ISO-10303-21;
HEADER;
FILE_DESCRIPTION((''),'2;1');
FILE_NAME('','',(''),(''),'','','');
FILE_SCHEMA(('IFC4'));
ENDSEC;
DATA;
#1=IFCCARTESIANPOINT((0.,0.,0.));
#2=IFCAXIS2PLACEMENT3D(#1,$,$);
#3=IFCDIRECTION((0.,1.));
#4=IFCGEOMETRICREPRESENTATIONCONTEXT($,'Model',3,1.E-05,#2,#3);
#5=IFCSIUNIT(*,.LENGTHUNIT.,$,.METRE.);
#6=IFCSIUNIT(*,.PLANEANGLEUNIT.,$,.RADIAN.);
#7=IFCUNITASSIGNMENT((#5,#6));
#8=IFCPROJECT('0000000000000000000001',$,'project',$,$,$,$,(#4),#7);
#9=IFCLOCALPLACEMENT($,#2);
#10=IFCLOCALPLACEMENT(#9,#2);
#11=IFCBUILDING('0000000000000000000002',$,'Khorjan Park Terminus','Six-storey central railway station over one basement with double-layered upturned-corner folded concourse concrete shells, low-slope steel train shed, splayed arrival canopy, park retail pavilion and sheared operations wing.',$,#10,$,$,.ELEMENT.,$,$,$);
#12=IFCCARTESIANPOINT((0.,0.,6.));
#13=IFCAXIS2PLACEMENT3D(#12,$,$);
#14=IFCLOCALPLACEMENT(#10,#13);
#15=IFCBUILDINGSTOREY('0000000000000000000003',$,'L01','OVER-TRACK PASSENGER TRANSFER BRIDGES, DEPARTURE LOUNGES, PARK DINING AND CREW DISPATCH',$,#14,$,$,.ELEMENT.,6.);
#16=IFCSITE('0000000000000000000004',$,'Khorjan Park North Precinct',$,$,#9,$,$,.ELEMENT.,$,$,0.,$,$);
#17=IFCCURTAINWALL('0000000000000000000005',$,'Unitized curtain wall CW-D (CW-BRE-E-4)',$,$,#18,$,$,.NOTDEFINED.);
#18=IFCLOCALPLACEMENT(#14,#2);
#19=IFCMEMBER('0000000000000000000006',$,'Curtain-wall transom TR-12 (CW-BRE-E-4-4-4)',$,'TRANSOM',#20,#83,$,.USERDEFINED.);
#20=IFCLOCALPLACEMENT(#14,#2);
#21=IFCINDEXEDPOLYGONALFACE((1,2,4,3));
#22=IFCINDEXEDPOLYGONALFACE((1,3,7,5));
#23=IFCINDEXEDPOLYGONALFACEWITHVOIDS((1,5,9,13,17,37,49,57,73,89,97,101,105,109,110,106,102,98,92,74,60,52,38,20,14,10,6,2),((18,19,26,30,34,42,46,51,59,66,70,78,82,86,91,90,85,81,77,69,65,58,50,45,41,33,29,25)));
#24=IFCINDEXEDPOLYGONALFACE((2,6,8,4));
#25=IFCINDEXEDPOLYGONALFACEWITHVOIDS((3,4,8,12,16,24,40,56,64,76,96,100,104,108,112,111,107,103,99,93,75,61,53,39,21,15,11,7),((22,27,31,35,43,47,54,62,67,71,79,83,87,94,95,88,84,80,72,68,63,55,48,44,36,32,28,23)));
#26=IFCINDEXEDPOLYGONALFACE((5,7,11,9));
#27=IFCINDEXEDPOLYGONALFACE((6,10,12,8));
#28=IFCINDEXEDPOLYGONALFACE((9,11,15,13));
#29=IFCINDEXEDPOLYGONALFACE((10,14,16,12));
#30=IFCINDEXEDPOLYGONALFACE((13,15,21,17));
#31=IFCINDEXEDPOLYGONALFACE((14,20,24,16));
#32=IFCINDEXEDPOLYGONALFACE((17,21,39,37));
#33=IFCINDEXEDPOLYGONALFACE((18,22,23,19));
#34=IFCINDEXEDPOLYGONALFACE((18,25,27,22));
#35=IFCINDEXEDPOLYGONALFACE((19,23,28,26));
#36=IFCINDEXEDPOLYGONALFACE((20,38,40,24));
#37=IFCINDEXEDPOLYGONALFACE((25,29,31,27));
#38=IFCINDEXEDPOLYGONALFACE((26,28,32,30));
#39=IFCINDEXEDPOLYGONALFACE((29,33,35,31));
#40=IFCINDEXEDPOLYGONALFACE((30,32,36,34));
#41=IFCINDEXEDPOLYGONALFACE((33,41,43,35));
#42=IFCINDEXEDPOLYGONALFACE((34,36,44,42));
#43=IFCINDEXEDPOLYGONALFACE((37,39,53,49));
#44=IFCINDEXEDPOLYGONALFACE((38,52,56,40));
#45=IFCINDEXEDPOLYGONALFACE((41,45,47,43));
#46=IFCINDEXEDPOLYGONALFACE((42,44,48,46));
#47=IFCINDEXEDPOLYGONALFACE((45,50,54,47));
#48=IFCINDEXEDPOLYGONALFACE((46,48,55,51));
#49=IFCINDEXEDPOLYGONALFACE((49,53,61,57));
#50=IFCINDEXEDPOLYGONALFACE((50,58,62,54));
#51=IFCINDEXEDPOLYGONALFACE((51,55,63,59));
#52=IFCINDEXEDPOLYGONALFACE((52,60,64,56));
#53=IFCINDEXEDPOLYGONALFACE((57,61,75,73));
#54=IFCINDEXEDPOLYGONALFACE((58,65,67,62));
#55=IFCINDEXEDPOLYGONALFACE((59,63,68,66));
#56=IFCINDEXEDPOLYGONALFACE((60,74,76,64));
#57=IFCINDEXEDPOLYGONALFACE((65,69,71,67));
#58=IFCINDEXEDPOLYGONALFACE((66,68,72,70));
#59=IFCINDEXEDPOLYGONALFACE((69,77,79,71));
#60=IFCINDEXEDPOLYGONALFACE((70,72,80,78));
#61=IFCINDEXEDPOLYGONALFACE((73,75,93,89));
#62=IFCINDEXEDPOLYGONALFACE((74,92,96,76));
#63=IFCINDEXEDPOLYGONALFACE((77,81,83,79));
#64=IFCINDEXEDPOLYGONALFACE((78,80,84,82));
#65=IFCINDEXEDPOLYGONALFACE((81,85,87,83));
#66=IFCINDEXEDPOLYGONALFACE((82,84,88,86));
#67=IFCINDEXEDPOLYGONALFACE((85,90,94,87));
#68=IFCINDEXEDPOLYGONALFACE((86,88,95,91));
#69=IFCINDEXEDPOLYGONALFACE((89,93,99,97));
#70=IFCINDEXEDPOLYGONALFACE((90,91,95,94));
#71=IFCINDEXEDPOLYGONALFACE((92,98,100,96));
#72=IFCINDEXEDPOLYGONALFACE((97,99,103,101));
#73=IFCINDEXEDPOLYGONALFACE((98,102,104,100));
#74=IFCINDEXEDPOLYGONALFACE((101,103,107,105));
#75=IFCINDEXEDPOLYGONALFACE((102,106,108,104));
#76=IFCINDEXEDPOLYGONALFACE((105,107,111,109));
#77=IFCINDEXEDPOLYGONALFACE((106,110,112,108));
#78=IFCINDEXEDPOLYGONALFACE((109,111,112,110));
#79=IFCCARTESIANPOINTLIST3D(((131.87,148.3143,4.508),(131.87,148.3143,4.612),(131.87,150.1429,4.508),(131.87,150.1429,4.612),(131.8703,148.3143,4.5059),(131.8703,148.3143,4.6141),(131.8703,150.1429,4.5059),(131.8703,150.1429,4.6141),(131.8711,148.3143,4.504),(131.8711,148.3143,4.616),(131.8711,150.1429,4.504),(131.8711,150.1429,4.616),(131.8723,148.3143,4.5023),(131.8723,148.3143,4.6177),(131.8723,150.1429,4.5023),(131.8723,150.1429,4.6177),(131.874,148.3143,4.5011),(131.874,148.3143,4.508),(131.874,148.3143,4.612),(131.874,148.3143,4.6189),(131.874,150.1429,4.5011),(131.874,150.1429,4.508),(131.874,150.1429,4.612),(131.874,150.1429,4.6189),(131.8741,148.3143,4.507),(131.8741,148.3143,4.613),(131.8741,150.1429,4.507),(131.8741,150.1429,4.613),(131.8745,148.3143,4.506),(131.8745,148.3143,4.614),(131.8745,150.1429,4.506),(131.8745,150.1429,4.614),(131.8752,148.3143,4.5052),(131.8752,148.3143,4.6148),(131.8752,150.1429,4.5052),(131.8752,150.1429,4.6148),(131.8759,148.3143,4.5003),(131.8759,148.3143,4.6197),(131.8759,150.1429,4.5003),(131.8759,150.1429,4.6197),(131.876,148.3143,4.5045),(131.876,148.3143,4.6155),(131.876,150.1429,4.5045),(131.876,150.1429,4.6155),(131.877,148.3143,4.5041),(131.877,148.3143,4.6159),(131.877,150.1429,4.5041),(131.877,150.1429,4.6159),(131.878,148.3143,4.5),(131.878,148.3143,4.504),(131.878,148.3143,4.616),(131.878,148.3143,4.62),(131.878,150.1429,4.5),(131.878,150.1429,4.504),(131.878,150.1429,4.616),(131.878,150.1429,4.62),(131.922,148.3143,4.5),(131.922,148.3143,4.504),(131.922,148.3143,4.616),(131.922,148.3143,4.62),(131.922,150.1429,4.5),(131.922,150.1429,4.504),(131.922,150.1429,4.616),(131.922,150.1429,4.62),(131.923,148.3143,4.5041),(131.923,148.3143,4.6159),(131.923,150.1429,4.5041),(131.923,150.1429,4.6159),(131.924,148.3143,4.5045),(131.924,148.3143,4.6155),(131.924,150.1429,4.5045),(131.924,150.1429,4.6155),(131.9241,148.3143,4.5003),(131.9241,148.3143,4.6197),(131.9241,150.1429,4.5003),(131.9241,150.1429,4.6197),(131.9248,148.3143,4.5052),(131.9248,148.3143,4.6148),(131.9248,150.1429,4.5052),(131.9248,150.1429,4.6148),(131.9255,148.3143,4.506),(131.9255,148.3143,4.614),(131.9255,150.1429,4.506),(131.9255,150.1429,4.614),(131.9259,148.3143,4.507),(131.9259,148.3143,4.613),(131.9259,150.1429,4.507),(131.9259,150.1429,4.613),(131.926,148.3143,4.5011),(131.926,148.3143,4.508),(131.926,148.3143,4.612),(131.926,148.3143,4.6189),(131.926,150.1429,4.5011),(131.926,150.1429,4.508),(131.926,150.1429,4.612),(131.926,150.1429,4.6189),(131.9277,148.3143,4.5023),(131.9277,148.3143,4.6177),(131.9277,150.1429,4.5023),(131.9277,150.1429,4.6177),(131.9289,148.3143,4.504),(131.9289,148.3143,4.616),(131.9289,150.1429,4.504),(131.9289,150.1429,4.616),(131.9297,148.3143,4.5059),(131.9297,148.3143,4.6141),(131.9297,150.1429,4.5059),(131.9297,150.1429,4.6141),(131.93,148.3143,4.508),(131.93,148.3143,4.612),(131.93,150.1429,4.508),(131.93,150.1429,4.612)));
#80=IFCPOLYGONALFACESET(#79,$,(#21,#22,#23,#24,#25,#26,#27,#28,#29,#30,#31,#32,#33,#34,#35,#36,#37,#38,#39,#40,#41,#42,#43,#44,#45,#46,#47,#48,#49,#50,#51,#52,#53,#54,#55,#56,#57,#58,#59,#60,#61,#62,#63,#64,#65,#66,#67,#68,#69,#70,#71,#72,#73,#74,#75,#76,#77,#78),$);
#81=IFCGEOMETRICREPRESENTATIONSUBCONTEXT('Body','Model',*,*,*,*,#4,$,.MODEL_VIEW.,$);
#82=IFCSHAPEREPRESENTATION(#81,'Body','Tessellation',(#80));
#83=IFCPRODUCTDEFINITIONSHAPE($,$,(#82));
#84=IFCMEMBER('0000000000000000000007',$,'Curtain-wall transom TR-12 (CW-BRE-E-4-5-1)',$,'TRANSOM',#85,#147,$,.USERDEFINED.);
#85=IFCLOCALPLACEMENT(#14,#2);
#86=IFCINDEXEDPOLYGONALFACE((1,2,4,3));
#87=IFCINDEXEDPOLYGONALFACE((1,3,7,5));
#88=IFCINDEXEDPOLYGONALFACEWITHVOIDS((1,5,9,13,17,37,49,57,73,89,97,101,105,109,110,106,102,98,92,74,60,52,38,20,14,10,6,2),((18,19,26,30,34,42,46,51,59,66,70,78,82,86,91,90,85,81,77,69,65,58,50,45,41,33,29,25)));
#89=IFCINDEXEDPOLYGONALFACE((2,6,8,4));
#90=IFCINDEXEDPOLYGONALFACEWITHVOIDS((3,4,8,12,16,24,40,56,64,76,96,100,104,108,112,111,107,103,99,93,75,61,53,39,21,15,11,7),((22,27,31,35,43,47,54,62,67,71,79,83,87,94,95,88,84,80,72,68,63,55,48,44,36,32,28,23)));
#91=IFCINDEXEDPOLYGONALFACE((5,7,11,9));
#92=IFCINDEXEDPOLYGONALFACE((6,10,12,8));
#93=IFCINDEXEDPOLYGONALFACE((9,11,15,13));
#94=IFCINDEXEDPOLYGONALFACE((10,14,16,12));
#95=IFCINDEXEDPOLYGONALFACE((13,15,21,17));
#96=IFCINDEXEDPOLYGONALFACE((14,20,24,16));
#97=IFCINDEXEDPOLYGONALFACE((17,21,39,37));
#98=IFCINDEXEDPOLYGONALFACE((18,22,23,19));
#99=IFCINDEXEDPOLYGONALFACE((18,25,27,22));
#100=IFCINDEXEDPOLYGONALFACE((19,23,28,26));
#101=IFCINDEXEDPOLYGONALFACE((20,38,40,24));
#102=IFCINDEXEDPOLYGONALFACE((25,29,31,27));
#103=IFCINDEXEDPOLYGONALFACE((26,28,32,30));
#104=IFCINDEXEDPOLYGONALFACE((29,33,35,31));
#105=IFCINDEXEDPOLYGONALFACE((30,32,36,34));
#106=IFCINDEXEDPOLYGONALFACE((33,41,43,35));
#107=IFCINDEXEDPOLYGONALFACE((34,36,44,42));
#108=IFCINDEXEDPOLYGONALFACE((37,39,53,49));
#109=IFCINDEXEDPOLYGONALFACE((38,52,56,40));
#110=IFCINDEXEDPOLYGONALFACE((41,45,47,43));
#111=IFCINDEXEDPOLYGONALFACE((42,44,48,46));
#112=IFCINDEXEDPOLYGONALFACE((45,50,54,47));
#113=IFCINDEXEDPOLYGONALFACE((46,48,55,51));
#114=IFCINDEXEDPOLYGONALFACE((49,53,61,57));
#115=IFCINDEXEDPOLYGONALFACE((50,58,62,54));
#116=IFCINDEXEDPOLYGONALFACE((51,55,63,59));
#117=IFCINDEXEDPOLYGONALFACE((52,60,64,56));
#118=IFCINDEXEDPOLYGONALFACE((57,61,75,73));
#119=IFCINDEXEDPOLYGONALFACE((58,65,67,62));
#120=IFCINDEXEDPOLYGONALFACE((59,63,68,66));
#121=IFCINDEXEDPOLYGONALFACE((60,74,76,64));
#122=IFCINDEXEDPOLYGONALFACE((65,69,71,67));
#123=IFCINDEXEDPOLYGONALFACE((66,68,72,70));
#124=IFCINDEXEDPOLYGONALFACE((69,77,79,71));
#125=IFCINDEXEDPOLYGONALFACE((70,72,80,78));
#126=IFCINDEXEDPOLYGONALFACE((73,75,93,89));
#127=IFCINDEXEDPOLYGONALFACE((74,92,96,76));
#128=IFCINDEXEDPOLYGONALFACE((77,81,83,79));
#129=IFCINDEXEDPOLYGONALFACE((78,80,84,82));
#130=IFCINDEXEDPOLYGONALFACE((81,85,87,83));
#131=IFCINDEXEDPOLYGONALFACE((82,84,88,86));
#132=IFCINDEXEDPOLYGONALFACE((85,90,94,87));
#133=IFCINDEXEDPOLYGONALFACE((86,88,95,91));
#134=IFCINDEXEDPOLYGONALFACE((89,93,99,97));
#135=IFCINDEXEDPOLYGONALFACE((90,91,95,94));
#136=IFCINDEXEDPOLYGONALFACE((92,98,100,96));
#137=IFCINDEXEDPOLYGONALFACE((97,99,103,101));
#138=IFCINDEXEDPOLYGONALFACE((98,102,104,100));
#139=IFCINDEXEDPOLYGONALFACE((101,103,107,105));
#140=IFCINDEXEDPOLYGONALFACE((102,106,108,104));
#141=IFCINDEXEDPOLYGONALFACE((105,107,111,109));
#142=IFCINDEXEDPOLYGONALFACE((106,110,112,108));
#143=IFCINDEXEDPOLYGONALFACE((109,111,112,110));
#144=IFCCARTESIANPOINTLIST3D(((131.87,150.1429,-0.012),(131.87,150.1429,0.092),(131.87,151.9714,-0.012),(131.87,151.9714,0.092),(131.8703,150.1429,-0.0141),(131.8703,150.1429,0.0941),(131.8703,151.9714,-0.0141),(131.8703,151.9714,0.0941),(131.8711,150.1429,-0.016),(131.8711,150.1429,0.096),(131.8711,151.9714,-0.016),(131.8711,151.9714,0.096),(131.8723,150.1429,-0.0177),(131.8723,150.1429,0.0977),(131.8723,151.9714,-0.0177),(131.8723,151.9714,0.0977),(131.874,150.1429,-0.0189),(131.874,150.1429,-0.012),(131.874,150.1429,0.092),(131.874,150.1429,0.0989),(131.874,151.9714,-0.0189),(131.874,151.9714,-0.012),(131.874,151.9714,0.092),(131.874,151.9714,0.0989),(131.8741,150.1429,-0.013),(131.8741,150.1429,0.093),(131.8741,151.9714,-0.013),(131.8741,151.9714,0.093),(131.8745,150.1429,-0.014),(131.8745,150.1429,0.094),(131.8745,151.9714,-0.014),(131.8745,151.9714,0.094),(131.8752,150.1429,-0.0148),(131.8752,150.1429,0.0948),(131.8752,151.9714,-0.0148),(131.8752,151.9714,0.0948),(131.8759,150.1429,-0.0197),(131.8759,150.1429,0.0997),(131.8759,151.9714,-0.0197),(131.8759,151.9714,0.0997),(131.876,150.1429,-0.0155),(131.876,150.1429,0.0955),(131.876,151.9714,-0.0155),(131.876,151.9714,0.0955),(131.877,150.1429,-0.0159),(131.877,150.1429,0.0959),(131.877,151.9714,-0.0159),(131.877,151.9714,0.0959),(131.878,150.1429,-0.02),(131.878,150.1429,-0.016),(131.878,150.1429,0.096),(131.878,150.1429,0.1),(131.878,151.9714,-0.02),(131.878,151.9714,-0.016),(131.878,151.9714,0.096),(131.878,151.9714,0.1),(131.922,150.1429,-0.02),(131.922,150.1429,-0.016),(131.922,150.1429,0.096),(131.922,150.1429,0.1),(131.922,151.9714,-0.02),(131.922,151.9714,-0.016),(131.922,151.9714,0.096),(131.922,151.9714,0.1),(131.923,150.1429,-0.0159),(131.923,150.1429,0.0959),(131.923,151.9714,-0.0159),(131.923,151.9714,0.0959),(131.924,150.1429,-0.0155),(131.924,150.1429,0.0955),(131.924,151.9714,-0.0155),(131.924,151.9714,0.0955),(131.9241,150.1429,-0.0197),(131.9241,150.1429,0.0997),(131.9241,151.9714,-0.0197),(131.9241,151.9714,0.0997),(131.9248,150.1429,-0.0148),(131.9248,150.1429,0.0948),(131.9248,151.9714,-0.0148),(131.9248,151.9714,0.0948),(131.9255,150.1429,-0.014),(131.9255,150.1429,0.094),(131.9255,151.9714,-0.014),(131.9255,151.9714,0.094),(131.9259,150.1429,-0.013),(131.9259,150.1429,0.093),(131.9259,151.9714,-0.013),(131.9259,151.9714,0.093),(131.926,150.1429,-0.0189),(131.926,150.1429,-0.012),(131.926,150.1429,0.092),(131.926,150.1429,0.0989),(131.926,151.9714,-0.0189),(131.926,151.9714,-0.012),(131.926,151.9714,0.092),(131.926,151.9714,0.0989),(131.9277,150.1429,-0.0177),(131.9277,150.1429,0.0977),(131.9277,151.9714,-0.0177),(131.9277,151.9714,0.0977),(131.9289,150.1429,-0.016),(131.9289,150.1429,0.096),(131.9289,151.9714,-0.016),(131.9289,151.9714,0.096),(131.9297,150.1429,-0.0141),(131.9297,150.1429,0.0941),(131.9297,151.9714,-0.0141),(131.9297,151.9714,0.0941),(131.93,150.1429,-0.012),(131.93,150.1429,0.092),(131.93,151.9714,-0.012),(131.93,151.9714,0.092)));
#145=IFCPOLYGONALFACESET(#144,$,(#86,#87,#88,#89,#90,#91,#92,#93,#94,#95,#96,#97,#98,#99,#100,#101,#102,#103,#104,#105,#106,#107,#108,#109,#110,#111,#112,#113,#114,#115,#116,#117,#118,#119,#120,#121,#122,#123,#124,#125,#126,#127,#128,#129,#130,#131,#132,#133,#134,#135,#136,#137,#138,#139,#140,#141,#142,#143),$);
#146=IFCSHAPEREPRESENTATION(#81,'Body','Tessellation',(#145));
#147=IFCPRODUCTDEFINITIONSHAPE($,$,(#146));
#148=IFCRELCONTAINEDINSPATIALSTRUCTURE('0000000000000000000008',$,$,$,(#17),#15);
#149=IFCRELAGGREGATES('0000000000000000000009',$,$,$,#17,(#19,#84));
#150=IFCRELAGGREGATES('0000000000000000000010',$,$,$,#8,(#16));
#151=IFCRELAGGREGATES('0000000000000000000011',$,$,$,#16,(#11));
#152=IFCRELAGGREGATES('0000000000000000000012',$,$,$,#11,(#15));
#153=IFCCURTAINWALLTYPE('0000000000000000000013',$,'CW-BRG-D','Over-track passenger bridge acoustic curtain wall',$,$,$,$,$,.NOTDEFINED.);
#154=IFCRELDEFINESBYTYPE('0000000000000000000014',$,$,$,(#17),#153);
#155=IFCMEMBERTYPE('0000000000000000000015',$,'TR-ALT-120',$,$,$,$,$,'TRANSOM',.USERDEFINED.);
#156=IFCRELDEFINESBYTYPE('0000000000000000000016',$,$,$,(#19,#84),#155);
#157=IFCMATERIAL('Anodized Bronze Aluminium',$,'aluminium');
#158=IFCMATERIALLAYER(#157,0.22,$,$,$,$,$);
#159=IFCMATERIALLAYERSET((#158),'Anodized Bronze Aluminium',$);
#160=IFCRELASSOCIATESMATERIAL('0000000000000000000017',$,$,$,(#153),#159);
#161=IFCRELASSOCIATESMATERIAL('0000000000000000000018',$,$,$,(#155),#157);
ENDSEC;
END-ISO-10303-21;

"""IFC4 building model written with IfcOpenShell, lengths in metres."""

from ifc_helpers import new_model, si_unit, direction, frame, origin, origin_2d, place, context, subcontext, project, spatial, hollow_rectangle, extrude, material, layer, layer_set, material_profile, profile_set, type_object, element, aggregate, save


model = new_model("IFC4")

# Units and contexts
model_context = context("Model", 3, precision=1e-05, world=origin(), true_north=direction((0.0, 1.0)))
body_context = subcontext(model_context, "Body", "Model", "MODEL_VIEW")
ifc_project = project(units=[si_unit("LENGTHUNIT", "METRE"), si_unit("PLANEANGLEUNIT", "RADIAN")], contexts=[model_context])

# Site, building, storey
site_placement = place(None, origin())
site = spatial("IfcSite", under=ifc_project, at=site_placement, Name="Khorjan Park North Precinct", CompositionType="ELEMENT", RefElevation=0.0)
building_placement = place(site_placement, origin())
building = spatial("IfcBuilding", under=site, at=building_placement, Name="Khorjan Park Terminus", Description="Six-storey central railway station over one basement with double-layered upturned-corner folded concourse concrete shells, low-slope steel train shed, splayed arrival canopy, park retail pavilion and sheared operations wing.", CompositionType="ELEMENT")
storey_placement = place(building_placement, frame((0.0, 0.0, 6.0)))
storey = spatial("IfcBuildingStorey", under=building, at=storey_placement, Name="L01", Description="OVER-TRACK PASSENGER TRANSFER BRIDGES, DEPARTURE LOUNGES, PARK DINING AND CREW DISPATCH", CompositionType="ELEMENT", Elevation=6.0)

# Curtain wall, members
ifc_material_1 = material(Name="Anodized Bronze Aluminium", Category="aluminium")
ifc_layer_1 = layer(ifc_material_1, 0.22)
ifc_layer_set_1 = layer_set([ifc_layer_1], Name="Anodized Bronze Aluminium")
curtain_wall_type = type_object("IfcCurtainWallType", Name="CW-BRG-D", Description="Over-track passenger bridge acoustic curtain wall", PredefinedType="NOTDEFINED", material=ifc_layer_set_1)
curtain_wall_placement = place(storey_placement, origin())
curtain_wall = element("IfcCurtainWall", 1, at=curtain_wall_placement, inside=storey, type_object=curtain_wall_type, Name="Unitized curtain wall CW-D (CW-BRE-E-4)", PredefinedType="NOTDEFINED")
ifc_material_profile_1 = material_profile(ifc_material_1, hollow_rectangle(XDim=0.06, YDim=0.12, WallThickness=0.004, InnerFilletRadius=0.004, OuterFilletRadius=0.008, at=origin_2d()), Name="ALT 60x120x4")
ifc_profile_set_1 = profile_set([ifc_material_profile_1], Name="Anodized Bronze Aluminium")
member_type_1 = type_object("IfcMemberType", Name="TR-ALT-120", ElementType="TRANSOM", PredefinedType="USERDEFINED", material=ifc_profile_set_1)
member_1_placement = place(storey_placement, frame((131.9, 148.3143, 4.56), z_axis=(0.0, 1.0, 0.0), x_axis=(-1.0, 0.0, 0.0)))
member_1 = element("IfcMember", 2, at=member_1_placement, type_object=member_type_1, Name="Curtain-wall transom TR-12 (CW-BRE-E-4-4-4)", ObjectType="TRANSOM", PredefinedType="USERDEFINED", context=body_context, shape_type="SweptSolid", body=[
    extrude(hollow_rectangle(XDim=0.06, YDim=0.12, WallThickness=0.004, InnerFilletRadius=0.004, OuterFilletRadius=0.008, at=origin_2d()), origin(), (0.0, 0.0, 1.0), 1.8286),
])
member_2_placement = place(storey_placement, frame((131.9, 150.1429, 0.04), z_axis=(0.0, 1.0, 0.0), x_axis=(-1.0, 0.0, 0.0)))
member_2 = element("IfcMember", 3, at=member_2_placement, type_object=member_type_1, Name="Curtain-wall transom TR-12 (CW-BRE-E-4-5-1)", ObjectType="TRANSOM", PredefinedType="USERDEFINED", context=body_context, shape_type="SweptSolid", body=[
    extrude(hollow_rectangle(XDim=0.06, YDim=0.12, WallThickness=0.004, InnerFilletRadius=0.004, OuterFilletRadius=0.008, at=origin_2d()), origin(), (0.0, 0.0, 1.0), 1.8285),
])
aggregate(curtain_wall, [member_1, member_2])

save(model, "model.ifc")
